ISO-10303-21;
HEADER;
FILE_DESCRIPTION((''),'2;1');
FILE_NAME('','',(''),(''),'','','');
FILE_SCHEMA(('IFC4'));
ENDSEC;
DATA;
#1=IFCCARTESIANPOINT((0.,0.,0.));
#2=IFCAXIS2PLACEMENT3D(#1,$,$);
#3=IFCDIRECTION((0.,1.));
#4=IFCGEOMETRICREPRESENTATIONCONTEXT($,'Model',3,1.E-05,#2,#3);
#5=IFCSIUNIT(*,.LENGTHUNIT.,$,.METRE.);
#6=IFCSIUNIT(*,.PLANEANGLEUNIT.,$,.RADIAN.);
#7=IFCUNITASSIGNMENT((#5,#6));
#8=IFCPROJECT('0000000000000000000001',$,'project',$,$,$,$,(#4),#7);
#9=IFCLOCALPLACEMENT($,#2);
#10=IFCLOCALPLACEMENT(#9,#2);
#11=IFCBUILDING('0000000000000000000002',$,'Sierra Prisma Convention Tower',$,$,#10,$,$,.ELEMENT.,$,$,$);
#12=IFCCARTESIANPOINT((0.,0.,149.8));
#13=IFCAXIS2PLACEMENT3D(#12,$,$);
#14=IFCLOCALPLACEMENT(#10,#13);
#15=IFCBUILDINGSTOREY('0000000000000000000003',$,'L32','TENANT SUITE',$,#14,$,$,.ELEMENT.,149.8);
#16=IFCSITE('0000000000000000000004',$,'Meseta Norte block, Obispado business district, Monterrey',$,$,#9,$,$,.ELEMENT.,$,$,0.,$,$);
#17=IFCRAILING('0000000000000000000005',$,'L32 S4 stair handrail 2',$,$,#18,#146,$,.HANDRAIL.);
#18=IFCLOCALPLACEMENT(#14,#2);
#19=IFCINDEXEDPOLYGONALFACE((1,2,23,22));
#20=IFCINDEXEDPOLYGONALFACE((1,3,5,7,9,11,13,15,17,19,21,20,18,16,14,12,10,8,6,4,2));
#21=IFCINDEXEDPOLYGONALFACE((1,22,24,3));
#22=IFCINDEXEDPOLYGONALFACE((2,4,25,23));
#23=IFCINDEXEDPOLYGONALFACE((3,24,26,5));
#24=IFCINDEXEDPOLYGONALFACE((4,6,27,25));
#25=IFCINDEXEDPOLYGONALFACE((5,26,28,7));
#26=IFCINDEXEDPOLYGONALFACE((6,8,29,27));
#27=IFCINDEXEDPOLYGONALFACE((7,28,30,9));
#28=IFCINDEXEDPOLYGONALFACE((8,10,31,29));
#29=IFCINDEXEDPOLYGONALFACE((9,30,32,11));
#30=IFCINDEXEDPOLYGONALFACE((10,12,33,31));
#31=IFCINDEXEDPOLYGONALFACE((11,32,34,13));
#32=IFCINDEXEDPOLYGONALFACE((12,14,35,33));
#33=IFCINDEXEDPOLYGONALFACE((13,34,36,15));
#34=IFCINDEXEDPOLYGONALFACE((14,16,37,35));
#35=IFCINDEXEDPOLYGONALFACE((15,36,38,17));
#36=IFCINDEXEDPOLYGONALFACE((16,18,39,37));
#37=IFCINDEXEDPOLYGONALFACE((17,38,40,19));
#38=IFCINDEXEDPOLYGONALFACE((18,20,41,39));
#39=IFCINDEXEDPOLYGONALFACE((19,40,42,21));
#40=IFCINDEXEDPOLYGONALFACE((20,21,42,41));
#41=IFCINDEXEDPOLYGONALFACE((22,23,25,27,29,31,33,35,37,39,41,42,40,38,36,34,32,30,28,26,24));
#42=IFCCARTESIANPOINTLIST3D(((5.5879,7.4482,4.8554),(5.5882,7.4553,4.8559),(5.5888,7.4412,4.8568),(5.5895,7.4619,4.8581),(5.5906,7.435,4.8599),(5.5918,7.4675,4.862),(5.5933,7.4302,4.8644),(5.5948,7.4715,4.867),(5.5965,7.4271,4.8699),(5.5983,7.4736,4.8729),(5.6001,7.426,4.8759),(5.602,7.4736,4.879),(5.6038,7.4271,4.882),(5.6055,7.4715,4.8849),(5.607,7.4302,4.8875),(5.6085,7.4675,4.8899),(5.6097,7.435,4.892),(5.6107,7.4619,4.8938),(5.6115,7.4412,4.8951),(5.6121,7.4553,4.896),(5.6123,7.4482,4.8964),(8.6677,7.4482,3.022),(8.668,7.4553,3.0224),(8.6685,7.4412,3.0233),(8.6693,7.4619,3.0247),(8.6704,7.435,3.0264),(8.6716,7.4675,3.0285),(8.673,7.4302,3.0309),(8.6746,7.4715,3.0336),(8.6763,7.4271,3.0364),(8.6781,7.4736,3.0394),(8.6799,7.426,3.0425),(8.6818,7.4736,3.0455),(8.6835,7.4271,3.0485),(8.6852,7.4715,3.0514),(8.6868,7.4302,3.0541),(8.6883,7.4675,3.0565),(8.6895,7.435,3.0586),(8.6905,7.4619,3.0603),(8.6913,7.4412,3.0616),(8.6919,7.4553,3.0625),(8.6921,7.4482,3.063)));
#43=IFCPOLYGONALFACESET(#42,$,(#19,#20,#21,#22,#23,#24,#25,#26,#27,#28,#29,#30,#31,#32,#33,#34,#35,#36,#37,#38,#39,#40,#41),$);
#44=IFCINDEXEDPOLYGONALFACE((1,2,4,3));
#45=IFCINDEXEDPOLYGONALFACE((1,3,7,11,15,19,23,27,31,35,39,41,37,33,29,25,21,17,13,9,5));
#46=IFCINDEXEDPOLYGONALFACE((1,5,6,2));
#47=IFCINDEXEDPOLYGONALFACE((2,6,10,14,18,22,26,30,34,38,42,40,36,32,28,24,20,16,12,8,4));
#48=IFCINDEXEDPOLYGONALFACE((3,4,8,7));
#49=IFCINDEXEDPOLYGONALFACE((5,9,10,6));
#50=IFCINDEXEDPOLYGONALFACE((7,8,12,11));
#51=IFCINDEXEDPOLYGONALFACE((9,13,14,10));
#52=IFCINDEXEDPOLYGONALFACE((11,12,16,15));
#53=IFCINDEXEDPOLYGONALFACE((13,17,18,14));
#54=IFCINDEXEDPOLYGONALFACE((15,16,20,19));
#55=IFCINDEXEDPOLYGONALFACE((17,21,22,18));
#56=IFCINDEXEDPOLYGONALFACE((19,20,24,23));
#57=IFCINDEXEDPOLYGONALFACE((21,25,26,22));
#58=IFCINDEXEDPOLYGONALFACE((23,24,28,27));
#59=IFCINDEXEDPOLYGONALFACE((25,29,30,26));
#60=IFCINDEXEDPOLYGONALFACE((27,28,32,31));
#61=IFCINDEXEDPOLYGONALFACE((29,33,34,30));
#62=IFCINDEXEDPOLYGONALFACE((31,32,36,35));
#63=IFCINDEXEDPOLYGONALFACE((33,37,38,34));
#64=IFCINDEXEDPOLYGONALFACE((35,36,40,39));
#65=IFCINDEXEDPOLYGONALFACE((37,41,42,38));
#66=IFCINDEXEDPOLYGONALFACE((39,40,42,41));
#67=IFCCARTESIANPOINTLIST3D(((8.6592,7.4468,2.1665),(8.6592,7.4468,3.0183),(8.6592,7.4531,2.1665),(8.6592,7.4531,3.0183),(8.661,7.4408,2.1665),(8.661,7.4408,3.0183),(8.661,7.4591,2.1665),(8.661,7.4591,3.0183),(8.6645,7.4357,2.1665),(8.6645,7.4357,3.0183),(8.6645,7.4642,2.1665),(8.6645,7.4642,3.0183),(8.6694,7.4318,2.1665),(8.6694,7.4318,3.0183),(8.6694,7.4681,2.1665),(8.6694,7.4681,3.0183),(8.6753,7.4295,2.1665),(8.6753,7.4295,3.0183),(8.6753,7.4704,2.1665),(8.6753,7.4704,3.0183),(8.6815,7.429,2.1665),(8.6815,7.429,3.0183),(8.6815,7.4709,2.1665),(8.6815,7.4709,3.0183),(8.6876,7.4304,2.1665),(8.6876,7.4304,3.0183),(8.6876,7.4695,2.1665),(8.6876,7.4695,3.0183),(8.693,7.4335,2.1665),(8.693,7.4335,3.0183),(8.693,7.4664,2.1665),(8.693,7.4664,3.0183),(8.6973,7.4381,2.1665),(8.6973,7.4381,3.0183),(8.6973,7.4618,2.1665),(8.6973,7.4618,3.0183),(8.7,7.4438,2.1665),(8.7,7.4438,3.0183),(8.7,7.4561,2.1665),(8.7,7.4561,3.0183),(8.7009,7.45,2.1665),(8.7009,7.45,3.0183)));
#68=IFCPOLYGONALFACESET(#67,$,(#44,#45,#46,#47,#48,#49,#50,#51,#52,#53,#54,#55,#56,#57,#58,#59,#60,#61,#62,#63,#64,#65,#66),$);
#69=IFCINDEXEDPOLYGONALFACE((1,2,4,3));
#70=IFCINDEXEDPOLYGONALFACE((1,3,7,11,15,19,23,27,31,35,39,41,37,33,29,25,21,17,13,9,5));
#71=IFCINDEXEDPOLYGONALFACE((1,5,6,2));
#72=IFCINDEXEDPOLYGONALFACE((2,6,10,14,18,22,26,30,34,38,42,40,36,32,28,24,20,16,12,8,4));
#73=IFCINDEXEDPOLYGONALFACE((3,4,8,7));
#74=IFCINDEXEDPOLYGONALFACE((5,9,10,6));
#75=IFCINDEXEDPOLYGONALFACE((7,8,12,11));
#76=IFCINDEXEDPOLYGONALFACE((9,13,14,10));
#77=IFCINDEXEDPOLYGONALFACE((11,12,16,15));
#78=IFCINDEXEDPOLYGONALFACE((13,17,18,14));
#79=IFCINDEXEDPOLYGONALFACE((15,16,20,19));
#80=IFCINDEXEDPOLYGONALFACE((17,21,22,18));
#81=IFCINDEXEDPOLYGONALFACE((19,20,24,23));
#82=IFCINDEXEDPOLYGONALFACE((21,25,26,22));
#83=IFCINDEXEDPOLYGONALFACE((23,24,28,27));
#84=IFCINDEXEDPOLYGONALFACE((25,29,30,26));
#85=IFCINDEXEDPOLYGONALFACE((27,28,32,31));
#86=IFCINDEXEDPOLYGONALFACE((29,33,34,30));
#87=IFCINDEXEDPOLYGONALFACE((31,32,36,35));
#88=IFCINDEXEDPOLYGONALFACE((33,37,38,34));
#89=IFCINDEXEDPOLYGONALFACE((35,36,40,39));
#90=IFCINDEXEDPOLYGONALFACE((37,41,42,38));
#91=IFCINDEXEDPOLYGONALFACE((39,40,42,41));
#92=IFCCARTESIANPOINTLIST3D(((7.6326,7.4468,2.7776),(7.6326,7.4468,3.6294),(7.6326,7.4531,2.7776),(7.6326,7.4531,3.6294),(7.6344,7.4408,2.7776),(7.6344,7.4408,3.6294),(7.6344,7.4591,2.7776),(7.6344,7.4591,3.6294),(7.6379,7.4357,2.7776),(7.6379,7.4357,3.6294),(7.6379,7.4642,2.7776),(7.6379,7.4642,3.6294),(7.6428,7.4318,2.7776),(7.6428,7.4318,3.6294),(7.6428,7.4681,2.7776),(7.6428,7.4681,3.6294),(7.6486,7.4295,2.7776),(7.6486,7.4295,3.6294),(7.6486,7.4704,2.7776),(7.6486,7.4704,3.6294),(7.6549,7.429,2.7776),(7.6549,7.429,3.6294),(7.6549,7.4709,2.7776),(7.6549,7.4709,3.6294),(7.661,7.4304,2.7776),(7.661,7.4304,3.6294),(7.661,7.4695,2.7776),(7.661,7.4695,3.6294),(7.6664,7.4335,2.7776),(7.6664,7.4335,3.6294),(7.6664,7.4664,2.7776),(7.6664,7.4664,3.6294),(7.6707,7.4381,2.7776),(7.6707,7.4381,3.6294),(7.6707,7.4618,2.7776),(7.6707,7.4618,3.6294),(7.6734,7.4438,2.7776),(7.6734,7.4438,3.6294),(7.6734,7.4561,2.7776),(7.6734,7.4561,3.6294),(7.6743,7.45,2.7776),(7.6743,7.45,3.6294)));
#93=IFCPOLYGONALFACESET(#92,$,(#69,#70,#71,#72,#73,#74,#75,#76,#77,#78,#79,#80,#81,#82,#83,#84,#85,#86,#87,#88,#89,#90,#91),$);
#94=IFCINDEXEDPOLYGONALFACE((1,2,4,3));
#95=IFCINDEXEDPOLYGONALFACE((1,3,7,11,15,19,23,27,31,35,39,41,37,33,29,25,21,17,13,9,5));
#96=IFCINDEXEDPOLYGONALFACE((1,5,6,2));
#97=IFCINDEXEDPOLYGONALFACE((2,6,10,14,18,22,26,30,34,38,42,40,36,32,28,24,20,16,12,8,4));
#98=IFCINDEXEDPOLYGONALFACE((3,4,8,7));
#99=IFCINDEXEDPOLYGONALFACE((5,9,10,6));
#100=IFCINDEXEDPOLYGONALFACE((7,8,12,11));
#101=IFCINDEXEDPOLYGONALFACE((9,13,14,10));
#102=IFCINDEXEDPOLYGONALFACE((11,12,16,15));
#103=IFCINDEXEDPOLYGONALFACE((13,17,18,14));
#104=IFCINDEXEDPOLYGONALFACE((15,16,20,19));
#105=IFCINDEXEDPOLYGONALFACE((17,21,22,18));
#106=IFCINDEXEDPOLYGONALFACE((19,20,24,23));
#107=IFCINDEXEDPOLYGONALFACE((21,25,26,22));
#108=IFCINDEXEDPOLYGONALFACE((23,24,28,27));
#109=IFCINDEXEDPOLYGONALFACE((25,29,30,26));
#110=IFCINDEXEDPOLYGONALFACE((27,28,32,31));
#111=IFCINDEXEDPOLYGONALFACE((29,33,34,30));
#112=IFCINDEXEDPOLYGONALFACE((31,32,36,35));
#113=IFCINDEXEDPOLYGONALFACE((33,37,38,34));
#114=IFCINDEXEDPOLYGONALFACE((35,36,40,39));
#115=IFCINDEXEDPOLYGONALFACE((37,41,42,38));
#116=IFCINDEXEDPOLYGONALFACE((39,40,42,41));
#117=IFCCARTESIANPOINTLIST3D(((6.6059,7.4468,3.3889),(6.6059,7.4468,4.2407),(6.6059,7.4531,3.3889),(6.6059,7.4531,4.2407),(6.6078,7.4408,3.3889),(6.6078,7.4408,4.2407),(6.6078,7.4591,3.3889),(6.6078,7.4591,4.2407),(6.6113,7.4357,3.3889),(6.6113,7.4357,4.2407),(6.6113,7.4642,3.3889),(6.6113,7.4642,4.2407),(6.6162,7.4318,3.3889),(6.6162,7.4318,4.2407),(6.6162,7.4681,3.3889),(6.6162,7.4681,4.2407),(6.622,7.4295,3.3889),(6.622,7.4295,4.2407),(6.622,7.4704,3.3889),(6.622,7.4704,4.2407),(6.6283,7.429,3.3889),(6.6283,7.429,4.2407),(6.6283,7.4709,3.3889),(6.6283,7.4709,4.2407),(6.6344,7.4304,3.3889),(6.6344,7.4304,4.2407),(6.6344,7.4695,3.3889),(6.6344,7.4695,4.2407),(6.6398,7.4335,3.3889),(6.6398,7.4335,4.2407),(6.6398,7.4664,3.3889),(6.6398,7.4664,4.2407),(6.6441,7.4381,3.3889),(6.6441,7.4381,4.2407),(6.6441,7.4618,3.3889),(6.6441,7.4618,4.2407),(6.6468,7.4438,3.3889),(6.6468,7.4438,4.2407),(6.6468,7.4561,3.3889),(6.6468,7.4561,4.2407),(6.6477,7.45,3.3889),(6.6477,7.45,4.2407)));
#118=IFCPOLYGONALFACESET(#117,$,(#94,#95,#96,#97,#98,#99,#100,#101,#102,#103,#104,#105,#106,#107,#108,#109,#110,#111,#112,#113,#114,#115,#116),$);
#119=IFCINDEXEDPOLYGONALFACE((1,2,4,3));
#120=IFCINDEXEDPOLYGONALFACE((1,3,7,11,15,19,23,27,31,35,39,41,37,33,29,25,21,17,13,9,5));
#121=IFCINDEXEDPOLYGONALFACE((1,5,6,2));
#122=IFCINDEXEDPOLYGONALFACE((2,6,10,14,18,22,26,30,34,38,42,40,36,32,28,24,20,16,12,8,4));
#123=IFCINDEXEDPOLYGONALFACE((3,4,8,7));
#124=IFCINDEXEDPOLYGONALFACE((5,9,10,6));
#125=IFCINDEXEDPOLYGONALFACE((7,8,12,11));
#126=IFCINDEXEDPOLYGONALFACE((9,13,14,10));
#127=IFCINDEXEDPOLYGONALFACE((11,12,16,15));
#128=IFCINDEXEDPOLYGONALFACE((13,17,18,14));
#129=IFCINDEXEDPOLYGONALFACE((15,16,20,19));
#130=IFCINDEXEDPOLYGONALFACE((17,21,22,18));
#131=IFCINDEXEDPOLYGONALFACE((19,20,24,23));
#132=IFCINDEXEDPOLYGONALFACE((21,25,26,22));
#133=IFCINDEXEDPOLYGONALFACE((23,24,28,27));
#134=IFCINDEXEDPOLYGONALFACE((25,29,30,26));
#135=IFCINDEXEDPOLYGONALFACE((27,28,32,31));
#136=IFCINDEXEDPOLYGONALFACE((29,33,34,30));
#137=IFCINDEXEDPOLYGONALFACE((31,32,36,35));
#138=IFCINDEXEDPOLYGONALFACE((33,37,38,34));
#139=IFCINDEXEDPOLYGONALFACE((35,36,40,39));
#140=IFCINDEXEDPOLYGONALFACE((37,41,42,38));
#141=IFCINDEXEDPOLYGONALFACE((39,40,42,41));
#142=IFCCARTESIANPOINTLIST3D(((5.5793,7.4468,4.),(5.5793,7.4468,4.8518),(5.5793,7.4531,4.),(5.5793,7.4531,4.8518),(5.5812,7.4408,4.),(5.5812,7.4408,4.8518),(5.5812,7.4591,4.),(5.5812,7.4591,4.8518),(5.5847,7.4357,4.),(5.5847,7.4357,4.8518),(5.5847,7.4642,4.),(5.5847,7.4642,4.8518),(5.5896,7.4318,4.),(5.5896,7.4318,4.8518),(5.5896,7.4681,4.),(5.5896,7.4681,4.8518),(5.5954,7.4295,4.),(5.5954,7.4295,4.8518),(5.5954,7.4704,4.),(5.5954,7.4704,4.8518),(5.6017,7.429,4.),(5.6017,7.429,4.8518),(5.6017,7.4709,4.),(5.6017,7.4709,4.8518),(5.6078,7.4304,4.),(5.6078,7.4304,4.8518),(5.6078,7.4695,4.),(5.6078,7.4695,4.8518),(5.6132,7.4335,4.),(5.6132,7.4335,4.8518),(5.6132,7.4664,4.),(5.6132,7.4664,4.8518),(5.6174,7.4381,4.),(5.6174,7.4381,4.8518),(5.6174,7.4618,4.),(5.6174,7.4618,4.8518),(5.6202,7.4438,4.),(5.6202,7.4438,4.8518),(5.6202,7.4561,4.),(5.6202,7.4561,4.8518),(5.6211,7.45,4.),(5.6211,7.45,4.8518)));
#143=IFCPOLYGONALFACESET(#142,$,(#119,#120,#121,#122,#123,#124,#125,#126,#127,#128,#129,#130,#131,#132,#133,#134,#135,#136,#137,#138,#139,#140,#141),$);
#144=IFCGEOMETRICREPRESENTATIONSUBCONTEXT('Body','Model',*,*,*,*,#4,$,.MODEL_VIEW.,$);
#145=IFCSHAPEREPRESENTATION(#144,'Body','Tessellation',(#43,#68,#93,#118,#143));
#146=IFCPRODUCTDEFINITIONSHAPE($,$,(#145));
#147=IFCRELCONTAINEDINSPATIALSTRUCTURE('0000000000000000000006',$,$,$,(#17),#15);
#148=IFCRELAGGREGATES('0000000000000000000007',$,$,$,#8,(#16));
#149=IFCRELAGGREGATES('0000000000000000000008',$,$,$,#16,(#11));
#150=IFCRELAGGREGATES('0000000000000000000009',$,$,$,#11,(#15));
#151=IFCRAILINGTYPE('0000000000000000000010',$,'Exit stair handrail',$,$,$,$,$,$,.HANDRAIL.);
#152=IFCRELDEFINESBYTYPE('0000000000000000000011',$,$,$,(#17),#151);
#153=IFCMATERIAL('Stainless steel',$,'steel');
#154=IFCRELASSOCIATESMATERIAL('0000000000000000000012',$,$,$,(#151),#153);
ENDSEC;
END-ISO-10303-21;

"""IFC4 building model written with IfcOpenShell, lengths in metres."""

from ifc_helpers import new_model, si_unit, direction, frame, origin, origin_2d, place, context, subcontext, project, spatial, circle, extrude, material, type_object, element, save


model = new_model("IFC4")

# Units and contexts
model_context = context("Model", 3, precision=1e-05, world=origin(), true_north=direction((0.0, 1.0)))
body_context = subcontext(model_context, "Body", "Model", "MODEL_VIEW")
ifc_project = project(units=[si_unit("LENGTHUNIT", "METRE"), si_unit("PLANEANGLEUNIT", "RADIAN")], contexts=[model_context])

# Site, building, storey
site_placement = place(None, origin())
site = spatial("IfcSite", under=ifc_project, at=site_placement, Name="Meseta Norte block, Obispado business district, Monterrey", CompositionType="ELEMENT", RefElevation=0.0)
building_placement = place(site_placement, origin())
building = spatial("IfcBuilding", under=site, at=building_placement, Name="Sierra Prisma Convention Tower", CompositionType="ELEMENT")
storey_placement = place(building_placement, frame((0.0, 0.0, 149.8)))
storey = spatial("IfcBuildingStorey", under=building, at=storey_placement, Name="L32", Description="TENANT SUITE", CompositionType="ELEMENT", Elevation=149.8)

# Railing
ifc_material_1 = material(Name="Stainless steel", Category="steel")
railing_type_1 = type_object("IfcRailingType", Name="Exit stair handrail", PredefinedType="HANDRAIL", material=ifc_material_1)
railing_1_placement = place(storey_placement, frame((8.6799, 7.45, 2.1665)))
element("IfcRailing", 1, at=railing_1_placement, inside=storey, type_object=railing_type_1, Name="L32 S4 stair handrail 2", PredefinedType="HANDRAIL", context=body_context, shape_type="SweptSolid", body=[
    extrude(circle(Radius=0.0239, at=origin_2d()), frame((0.0, 0.0, 0.876), z_axis=(-0.859261, 0.0, 0.511538), x_axis=(0.0, -1.0, 0.0)), (0.0, 0.0, 1.0), 3.5842),
    extrude(circle(Radius=0.021, at=origin_2d()), origin(), (0.0, 0.0, 1.0), 0.8518),
    extrude(circle(Radius=0.021, at=origin_2d()), frame((-1.0266, 0.0, 0.6111)), (0.0, 0.0, 1.0), 0.8518),
    extrude(circle(Radius=0.021, at=origin_2d()), frame((-2.0532, 0.0, 1.2224)), (0.0, 0.0, 1.0), 0.8518),
    extrude(circle(Radius=0.021, at=origin_2d()), frame((-3.0798, 0.0, 1.8335)), (0.0, 0.0, 1.0), 0.8518),
])

save(model, "model.ifc")
